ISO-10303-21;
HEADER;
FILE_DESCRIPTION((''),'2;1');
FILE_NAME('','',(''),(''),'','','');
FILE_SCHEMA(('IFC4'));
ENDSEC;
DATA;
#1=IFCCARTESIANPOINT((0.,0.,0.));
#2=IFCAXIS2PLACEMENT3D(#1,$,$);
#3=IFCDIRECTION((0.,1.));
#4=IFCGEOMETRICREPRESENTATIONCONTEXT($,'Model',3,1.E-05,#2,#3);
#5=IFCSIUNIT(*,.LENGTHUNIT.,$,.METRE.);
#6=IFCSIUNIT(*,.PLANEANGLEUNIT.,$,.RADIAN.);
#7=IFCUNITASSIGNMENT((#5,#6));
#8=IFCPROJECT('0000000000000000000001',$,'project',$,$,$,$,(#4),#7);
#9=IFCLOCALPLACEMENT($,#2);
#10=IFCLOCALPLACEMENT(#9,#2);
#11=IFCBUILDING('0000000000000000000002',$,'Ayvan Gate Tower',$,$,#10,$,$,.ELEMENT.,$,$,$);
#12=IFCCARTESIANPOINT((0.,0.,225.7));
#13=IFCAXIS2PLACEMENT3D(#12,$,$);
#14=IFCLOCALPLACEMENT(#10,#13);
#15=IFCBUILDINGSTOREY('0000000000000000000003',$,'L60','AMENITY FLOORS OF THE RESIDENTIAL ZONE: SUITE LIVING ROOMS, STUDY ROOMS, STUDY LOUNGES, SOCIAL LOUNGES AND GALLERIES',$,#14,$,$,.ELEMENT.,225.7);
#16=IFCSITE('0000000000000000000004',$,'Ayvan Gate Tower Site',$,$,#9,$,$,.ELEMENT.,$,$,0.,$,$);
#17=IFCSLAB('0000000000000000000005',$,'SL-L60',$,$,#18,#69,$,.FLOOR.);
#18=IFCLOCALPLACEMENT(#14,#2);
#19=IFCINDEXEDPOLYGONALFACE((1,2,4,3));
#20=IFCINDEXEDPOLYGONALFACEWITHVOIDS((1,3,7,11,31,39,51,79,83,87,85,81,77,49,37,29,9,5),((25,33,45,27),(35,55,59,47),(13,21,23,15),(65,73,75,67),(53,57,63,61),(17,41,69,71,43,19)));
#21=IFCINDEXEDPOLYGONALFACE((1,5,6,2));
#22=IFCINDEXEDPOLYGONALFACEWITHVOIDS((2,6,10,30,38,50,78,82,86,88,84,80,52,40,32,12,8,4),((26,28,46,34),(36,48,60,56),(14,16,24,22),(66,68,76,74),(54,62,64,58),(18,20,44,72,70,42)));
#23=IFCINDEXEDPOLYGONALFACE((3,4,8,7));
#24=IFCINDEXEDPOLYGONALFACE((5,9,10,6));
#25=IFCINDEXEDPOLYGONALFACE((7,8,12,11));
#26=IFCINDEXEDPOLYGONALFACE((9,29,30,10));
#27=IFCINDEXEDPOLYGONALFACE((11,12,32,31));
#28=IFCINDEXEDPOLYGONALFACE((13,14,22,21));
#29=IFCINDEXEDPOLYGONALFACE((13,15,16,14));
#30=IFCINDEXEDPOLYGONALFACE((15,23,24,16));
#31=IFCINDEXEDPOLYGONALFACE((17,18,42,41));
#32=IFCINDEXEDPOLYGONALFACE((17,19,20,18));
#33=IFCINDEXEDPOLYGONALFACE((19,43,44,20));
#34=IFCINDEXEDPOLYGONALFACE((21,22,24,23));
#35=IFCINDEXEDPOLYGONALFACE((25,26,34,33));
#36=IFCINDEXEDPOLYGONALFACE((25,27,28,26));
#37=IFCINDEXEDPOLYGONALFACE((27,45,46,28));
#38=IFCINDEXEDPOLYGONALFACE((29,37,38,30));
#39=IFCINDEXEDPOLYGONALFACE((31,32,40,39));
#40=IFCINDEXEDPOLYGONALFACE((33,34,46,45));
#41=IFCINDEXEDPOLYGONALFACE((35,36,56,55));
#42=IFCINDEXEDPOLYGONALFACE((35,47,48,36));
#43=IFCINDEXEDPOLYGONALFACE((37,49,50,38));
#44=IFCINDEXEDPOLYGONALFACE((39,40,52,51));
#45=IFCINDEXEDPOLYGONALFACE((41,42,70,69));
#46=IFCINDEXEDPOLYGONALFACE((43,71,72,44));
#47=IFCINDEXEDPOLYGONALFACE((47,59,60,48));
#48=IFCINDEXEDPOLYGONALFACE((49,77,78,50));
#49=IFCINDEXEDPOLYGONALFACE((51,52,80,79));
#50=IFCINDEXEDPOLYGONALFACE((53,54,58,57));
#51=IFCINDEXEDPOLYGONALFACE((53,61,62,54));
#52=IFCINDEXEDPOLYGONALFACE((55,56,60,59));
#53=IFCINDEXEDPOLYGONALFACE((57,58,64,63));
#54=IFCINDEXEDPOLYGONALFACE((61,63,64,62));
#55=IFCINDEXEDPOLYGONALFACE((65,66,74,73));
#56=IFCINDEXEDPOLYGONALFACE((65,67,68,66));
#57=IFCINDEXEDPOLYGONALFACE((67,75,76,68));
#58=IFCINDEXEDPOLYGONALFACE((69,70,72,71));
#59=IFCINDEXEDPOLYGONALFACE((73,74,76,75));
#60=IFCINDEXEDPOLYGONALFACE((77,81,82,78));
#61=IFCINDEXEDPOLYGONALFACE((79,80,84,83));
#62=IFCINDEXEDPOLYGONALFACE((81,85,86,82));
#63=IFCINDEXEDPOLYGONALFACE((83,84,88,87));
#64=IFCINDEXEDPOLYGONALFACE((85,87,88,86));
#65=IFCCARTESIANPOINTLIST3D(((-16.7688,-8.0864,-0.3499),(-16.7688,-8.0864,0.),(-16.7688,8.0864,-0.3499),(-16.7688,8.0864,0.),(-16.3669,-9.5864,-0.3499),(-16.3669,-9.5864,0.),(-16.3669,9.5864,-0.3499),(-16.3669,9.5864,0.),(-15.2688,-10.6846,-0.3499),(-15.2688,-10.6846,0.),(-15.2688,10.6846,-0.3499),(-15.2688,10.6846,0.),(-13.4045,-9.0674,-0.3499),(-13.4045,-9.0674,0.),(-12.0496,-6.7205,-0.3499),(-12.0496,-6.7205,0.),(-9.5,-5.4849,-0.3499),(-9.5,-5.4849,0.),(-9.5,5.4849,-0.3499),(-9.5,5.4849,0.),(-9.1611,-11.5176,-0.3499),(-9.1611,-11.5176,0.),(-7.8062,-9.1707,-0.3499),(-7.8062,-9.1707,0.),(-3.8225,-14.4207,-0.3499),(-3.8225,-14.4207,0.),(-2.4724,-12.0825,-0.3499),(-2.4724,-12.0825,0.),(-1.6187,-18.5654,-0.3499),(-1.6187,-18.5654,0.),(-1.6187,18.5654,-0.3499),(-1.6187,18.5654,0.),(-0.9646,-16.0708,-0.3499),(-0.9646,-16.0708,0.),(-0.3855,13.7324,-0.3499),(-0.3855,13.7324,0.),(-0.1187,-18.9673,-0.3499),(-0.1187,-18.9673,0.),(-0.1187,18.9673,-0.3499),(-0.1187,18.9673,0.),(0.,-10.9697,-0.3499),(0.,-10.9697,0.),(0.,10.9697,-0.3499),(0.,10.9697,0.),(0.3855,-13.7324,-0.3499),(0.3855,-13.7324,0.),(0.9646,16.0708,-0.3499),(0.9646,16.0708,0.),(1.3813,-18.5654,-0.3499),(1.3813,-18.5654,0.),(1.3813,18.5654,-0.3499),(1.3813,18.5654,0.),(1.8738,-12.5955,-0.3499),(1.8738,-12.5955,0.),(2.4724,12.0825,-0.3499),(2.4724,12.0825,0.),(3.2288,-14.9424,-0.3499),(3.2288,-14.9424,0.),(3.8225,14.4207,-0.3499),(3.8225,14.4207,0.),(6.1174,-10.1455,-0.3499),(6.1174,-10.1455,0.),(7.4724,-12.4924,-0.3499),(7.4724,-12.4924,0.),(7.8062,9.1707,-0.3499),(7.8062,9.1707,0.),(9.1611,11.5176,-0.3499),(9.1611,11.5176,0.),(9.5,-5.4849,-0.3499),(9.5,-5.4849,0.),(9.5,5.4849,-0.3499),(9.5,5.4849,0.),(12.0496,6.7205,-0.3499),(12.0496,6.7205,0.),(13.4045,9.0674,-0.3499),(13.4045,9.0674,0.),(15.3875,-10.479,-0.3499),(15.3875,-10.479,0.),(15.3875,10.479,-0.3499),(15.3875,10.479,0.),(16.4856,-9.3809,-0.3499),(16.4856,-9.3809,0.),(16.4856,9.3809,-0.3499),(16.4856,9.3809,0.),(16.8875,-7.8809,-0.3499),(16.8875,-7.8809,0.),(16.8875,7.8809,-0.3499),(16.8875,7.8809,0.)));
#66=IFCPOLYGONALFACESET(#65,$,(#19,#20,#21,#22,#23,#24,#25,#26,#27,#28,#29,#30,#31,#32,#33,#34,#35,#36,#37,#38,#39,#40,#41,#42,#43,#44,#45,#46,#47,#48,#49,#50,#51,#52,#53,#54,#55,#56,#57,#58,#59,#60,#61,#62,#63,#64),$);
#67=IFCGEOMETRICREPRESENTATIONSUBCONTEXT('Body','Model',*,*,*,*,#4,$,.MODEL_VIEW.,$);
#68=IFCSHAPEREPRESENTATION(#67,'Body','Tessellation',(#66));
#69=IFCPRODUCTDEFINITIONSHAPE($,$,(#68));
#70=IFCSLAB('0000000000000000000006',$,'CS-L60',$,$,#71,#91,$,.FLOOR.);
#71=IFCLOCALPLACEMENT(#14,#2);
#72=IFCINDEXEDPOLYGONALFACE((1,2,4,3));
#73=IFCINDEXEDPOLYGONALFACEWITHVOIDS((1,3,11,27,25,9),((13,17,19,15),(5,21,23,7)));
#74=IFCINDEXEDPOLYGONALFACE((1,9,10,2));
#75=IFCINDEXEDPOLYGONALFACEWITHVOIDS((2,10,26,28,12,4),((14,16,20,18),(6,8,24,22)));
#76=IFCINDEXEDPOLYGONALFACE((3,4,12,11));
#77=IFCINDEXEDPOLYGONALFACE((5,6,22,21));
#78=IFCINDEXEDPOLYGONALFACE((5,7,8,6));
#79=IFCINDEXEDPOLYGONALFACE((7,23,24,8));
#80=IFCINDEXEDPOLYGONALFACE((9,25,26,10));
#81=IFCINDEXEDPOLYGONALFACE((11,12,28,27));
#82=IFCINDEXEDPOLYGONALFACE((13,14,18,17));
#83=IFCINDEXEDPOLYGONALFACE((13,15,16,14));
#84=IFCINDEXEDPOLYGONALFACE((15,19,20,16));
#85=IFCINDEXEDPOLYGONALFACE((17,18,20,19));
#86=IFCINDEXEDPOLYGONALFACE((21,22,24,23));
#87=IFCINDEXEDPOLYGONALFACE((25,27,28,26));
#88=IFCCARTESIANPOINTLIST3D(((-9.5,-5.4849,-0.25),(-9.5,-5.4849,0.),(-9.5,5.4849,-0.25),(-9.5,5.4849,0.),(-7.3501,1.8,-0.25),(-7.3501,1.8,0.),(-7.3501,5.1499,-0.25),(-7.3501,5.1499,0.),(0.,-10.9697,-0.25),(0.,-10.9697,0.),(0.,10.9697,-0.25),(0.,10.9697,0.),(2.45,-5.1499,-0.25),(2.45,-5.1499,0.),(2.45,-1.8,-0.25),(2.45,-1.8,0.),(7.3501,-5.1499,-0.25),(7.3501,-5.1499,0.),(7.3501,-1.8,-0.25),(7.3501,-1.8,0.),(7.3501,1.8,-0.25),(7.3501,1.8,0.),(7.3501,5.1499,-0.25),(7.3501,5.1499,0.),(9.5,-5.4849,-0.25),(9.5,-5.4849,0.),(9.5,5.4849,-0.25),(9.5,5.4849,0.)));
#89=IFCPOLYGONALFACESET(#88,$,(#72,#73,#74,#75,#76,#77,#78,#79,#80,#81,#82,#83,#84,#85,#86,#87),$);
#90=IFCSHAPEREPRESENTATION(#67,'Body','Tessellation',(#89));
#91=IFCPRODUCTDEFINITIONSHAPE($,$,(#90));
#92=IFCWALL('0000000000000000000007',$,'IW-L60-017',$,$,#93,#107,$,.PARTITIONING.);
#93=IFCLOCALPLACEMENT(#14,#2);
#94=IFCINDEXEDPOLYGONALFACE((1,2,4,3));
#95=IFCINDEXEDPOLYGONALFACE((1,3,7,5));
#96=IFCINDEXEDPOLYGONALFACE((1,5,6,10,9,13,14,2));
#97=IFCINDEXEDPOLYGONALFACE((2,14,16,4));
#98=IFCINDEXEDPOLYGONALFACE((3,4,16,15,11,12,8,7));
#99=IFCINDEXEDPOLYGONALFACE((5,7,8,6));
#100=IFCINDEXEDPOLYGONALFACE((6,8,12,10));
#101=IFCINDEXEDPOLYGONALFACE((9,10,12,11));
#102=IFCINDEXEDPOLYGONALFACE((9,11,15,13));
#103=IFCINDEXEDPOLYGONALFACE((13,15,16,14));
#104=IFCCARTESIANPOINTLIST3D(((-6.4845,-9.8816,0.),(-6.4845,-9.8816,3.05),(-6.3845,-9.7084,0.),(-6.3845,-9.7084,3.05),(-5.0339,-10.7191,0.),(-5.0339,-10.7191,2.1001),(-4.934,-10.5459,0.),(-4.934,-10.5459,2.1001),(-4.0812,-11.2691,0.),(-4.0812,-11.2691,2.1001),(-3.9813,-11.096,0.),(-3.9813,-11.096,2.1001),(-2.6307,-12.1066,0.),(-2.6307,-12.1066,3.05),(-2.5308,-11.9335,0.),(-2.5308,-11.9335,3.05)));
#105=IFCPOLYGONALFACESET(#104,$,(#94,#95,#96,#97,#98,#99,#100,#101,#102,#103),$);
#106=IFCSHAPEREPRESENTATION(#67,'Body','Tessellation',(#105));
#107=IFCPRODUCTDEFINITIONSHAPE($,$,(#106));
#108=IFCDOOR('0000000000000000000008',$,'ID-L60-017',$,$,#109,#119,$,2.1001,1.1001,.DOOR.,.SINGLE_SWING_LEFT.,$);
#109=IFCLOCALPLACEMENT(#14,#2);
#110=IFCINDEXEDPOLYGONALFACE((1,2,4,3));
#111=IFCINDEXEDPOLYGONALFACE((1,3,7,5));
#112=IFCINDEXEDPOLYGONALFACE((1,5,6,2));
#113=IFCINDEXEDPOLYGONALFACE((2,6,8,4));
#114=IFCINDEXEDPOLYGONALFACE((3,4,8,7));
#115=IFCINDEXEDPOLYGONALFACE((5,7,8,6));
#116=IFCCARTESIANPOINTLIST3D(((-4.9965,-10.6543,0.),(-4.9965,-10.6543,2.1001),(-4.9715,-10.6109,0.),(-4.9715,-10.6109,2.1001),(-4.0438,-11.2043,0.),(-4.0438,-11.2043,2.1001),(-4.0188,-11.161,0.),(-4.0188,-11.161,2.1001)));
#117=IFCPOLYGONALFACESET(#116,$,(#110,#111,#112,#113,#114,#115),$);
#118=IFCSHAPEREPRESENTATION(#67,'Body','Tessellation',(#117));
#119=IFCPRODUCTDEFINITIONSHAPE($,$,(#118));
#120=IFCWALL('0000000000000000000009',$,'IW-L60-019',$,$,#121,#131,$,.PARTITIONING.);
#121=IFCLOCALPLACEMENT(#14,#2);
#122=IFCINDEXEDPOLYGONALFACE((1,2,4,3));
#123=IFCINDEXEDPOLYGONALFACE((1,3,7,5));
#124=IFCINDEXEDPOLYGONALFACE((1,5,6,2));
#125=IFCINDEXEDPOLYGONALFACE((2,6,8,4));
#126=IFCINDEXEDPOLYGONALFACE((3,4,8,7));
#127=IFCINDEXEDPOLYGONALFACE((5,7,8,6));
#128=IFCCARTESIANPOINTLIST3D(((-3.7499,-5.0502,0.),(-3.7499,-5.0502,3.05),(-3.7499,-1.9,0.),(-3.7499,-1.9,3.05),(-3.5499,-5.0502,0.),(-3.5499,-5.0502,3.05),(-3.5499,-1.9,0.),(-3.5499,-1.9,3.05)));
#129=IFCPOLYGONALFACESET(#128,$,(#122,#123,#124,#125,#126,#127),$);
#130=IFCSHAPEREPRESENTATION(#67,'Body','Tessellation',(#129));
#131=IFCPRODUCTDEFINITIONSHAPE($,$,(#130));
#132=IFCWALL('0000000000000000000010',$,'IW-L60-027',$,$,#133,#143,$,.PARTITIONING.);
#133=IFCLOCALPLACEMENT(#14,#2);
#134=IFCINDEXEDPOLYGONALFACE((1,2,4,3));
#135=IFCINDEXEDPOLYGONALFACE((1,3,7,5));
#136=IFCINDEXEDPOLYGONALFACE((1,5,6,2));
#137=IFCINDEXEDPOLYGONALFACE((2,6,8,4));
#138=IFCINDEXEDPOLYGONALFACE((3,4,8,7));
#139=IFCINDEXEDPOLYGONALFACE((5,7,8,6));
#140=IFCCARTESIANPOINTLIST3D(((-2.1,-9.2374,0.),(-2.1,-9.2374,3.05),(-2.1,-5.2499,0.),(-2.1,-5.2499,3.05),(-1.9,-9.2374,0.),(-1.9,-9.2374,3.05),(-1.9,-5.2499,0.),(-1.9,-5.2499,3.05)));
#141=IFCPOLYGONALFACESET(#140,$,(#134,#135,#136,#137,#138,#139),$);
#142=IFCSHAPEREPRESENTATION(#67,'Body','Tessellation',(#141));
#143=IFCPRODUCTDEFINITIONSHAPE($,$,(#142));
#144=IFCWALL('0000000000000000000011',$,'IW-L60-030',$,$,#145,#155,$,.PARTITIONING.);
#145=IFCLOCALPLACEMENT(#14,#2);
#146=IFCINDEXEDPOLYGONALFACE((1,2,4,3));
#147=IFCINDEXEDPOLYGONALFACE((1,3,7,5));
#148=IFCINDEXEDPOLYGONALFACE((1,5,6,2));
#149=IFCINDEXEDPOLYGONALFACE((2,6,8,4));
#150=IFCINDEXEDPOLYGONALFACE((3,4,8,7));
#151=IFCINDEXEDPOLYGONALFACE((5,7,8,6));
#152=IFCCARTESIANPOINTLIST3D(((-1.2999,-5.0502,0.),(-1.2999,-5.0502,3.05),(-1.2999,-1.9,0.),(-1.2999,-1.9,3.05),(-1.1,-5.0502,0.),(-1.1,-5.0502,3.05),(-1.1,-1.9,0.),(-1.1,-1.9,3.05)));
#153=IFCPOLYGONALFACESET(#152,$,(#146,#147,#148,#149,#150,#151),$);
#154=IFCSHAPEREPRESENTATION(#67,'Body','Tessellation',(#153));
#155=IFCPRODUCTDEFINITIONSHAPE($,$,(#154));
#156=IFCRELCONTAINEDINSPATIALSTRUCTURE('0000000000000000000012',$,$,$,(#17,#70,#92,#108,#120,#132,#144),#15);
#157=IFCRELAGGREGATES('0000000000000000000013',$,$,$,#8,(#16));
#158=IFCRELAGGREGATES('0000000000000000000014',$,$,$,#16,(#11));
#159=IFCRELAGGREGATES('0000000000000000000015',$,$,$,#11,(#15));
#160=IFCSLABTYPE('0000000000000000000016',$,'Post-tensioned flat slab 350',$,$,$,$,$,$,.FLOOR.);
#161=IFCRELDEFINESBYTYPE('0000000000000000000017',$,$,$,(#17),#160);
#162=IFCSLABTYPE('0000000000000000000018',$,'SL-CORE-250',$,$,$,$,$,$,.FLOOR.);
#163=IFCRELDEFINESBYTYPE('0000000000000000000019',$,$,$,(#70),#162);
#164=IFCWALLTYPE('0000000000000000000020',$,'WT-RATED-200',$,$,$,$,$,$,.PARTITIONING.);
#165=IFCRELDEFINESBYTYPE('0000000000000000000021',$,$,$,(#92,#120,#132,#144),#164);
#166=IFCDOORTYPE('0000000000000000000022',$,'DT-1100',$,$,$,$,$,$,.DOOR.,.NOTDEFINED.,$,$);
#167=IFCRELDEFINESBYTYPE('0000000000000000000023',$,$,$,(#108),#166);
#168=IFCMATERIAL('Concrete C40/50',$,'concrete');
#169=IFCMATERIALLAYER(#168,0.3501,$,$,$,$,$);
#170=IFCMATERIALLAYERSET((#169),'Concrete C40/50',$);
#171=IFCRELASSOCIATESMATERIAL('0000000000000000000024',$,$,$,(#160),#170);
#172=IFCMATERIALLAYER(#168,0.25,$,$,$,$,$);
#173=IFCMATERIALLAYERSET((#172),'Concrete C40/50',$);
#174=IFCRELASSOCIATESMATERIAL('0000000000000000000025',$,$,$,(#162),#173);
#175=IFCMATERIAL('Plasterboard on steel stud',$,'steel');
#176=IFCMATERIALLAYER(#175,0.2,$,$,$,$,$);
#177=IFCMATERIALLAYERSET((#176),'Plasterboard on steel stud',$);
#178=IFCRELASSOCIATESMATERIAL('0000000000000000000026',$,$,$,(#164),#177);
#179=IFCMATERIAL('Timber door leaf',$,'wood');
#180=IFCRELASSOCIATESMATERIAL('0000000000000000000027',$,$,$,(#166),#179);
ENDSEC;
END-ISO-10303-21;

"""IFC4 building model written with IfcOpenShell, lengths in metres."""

from ifc_helpers import new_model, si_unit, direction, frame, frame_2d, origin, place, context, subcontext, project, spatial, polyline, rectangle, outline, extrude, material, layer, layer_set, type_object, element, fill, save


model = new_model("IFC4")

# Units and contexts
model_context = context("Model", 3, precision=1e-05, world=origin(), true_north=direction((0.0, 1.0)))
body_context = subcontext(model_context, "Body", "Model", "MODEL_VIEW")
ifc_project = project(units=[si_unit("LENGTHUNIT", "METRE"), si_unit("PLANEANGLEUNIT", "RADIAN")], contexts=[model_context])

# Site, building, storey
site_placement = place(None, origin())
site = spatial("IfcSite", under=ifc_project, at=site_placement, Name="Ayvan Gate Tower Site", CompositionType="ELEMENT", RefElevation=0.0)
building_placement = place(site_placement, origin())
building = spatial("IfcBuilding", under=site, at=building_placement, Name="Ayvan Gate Tower", CompositionType="ELEMENT")
storey_placement = place(building_placement, frame((0.0, 0.0, 225.7)))
storey = spatial("IfcBuildingStorey", under=building, at=storey_placement, Name="L60", Description="AMENITY FLOORS OF THE RESIDENTIAL ZONE: SUITE LIVING ROOMS, STUDY ROOMS, STUDY LOUNGES, SOCIAL LOUNGES AND GALLERIES", CompositionType="ELEMENT", Elevation=225.7)

# Slabs
ifc_material_1 = material(Name="Concrete C40/50", Category="concrete")
ifc_layer_1 = layer(ifc_material_1, 0.3501)
ifc_layer_set_1 = layer_set([ifc_layer_1], Name="Concrete C40/50")
slab_type_1 = type_object("IfcSlabType", Name="Post-tensioned flat slab 350", PredefinedType="FLOOR", material=ifc_layer_set_1)
slab_1_placement = place(storey_placement, frame((0.0, 0.0, -0.3499)))
element("IfcSlab", 1, at=slab_1_placement, inside=storey, type_object=slab_type_1, Name="SL-L60", PredefinedType="FLOOR", context=body_context, shape_type="SweptSolid", body=[
    extrude(outline(polyline([(1.3813, -18.5654), (-0.1187, -18.9673), (-1.6187, -18.5654), (-15.2688, -10.6846), (-16.3669, -9.5864), (-16.7688, -8.0864), (-16.7688, 8.0864), (-16.3669, 9.5864), (-15.2688, 10.6846), (-1.6187, 18.5654), (-0.1187, 18.9673), (1.3813, 18.5654), (15.3875, 10.479), (16.4856, 9.3809), (16.8875, 7.8809), (16.8875, -7.8809), (16.4856, -9.3809), (15.3875, -10.479), (1.3813, -18.5654)]), holes=[polyline([(12.0496, 6.7205), (13.4045, 9.0674), (9.1611, 11.5176), (7.8062, 9.1707), (12.0496, 6.7205)]), polyline([(9.5, 5.4849), (0.0, 10.9697), (-9.5, 5.4849), (-9.5, -5.4849), (0.0, -10.9697), (9.5, -5.4849), (9.5, 5.4849)]), polyline([(1.8738, -12.5955), (3.2288, -14.9424), (7.4724, -12.4924), (6.1174, -10.1455), (1.8738, -12.5955)]), polyline([(3.8225, 14.4207), (0.9646, 16.0708), (-0.3855, 13.7324), (2.4724, 12.0825), (3.8225, 14.4207)]), polyline([(0.3855, -13.7324), (-2.4724, -12.0825), (-3.8225, -14.4207), (-0.9646, -16.0708), (0.3855, -13.7324)]), polyline([(-9.1611, -11.5176), (-7.8062, -9.1707), (-12.0496, -6.7205), (-13.4045, -9.0674), (-9.1611, -11.5176)])]), origin(), (0.0, 0.0, 1.0), 0.3499),
])
ifc_layer_2 = layer(ifc_material_1, 0.25)
ifc_layer_set_2 = layer_set([ifc_layer_2], Name="Concrete C40/50")
slab_type_2 = type_object("IfcSlabType", Name="SL-CORE-250", PredefinedType="FLOOR", material=ifc_layer_set_2)
slab_2_placement = place(storey_placement, frame((0.0, 0.0, -0.25)))
element("IfcSlab", 2, at=slab_2_placement, inside=storey, type_object=slab_type_2, Name="CS-L60", PredefinedType="FLOOR", context=body_context, shape_type="SweptSolid", body=[
    extrude(outline(polyline([(9.5, -5.4849), (0.0, -10.9697), (-9.5, -5.4849), (-9.5, 5.4849), (0.0, 10.9697), (9.5, 5.4849), (9.5, -5.4849)]), holes=[polyline([(-7.3501, 5.1499), (-7.3501, 1.8), (7.3501, 1.8), (7.3501, 5.1499), (-7.3501, 5.1499)]), polyline([(2.45, -1.8), (2.45, -5.1499), (7.3501, -5.1499), (7.3501, -1.8), (2.45, -1.8)])]), origin(), (0.0, 0.0, 1.0), 0.25),
])

# Wall, opening, door
ifc_material_2 = material(Name="Plasterboard on steel stud", Category="steel")
ifc_layer_3 = layer(ifc_material_2, 0.2)
ifc_layer_set_3 = layer_set([ifc_layer_3], Name="Plasterboard on steel stud")
wall_type_1 = type_object("IfcWallType", Name="WT-RATED-200", PredefinedType="PARTITIONING", material=ifc_layer_set_3)
wall_1_placement = place(storey_placement, frame((-6.4346, -9.7949, 0.0), z_axis=(0.0, 0.0, 1.0), x_axis=(0.866013, -0.500022, 0.0)))
wall_1 = element("IfcWall", 3, at=wall_1_placement, inside=storey, type_object=wall_type_1, Name="IW-L60-017", PredefinedType="PARTITIONING", context=body_context, shape_type="SweptSolid", body=[
    extrude(rectangle(XDim=4.45, YDim=0.2, at=frame_2d((2.2251, 0.0))), origin(), (0.0, 0.0, 1.0), 3.05),
])
opening_1_placement = place(wall_1_placement, frame((1.675, 0.0, 0.0)))
opening_1 = element("IfcOpeningElement", 4, at=opening_1_placement, cuts=wall_1, PredefinedType="OPENING", context=body_context, shape_type="SweptSolid", body=[
    extrude(rectangle(XDim=1.1001, YDim=2.1001, at=frame_2d((0.55, 1.05))), frame((0.0, 0.1099, 0.0), z_axis=(0.0, -1.0, 0.0), x_axis=(1.0, 0.0, 0.0)), (0.0, 0.0, 1.0), 0.22),
])
ifc_material_3 = material(Name="Timber door leaf", Category="wood")
door_type_1 = type_object("IfcDoorType", Name="DT-1100", OperationType="NOTDEFINED", PredefinedType="DOOR", material=ifc_material_3)
door_1_placement = place(opening_1_placement, origin())
door_1 = element("IfcDoor", 5, at=door_1_placement, inside=storey, type_object=door_type_1, Name="ID-L60-017", OperationType="SINGLE_SWING_LEFT", OverallHeight=2.1001, OverallWidth=1.1001, PredefinedType="DOOR", context=body_context, shape_type="SweptSolid", body=[
    extrude(rectangle(XDim=1.1001, YDim=2.1001, at=frame_2d((0.55, 1.05))), frame((0.0, 0.0249, 0.0), z_axis=(0.0, -1.0, 0.0), x_axis=(1.0, 0.0, 0.0)), (0.0, 0.0, 1.0), 0.05),
])
fill(opening_1, door_1)

# Walls
wall_2_placement = place(storey_placement, frame((-3.6499, -1.8999, 0.0), z_axis=(0.0, 0.0, 1.0), x_axis=(0.0, -1.0, 0.0)))
element("IfcWall", 6, at=wall_2_placement, inside=storey, type_object=wall_type_1, Name="IW-L60-019", PredefinedType="PARTITIONING", context=body_context, shape_type="SweptSolid", body=[
    extrude(rectangle(XDim=3.1501, YDim=0.2, at=frame_2d((1.5752, 0.0))), origin(), (0.0, 0.0, 1.0), 3.05),
])
wall_3_placement = place(storey_placement, frame((-2.0, -5.25, 0.0), z_axis=(0.0, 0.0, 1.0), x_axis=(0.0, -1.0, 0.0)))
element("IfcWall", 7, at=wall_3_placement, inside=storey, type_object=wall_type_1, Name="IW-L60-027", PredefinedType="PARTITIONING", context=body_context, shape_type="SweptSolid", body=[
    extrude(rectangle(XDim=3.9875, YDim=0.2, at=frame_2d((1.9937, 0.0))), origin(), (0.0, 0.0, 1.0), 3.05),
])
wall_4_placement = place(storey_placement, frame((-1.2, -1.8999, 0.0), z_axis=(0.0, 0.0, 1.0), x_axis=(0.0, -1.0, 0.0)))
element("IfcWall", 8, at=wall_4_placement, inside=storey, type_object=wall_type_1, Name="IW-L60-030", PredefinedType="PARTITIONING", context=body_context, shape_type="SweptSolid", body=[
    extrude(rectangle(XDim=3.1501, YDim=0.2, at=frame_2d((1.5752, 0.0))), origin(), (0.0, 0.0, 1.0), 3.05),
])

save(model, "model.ifc")
